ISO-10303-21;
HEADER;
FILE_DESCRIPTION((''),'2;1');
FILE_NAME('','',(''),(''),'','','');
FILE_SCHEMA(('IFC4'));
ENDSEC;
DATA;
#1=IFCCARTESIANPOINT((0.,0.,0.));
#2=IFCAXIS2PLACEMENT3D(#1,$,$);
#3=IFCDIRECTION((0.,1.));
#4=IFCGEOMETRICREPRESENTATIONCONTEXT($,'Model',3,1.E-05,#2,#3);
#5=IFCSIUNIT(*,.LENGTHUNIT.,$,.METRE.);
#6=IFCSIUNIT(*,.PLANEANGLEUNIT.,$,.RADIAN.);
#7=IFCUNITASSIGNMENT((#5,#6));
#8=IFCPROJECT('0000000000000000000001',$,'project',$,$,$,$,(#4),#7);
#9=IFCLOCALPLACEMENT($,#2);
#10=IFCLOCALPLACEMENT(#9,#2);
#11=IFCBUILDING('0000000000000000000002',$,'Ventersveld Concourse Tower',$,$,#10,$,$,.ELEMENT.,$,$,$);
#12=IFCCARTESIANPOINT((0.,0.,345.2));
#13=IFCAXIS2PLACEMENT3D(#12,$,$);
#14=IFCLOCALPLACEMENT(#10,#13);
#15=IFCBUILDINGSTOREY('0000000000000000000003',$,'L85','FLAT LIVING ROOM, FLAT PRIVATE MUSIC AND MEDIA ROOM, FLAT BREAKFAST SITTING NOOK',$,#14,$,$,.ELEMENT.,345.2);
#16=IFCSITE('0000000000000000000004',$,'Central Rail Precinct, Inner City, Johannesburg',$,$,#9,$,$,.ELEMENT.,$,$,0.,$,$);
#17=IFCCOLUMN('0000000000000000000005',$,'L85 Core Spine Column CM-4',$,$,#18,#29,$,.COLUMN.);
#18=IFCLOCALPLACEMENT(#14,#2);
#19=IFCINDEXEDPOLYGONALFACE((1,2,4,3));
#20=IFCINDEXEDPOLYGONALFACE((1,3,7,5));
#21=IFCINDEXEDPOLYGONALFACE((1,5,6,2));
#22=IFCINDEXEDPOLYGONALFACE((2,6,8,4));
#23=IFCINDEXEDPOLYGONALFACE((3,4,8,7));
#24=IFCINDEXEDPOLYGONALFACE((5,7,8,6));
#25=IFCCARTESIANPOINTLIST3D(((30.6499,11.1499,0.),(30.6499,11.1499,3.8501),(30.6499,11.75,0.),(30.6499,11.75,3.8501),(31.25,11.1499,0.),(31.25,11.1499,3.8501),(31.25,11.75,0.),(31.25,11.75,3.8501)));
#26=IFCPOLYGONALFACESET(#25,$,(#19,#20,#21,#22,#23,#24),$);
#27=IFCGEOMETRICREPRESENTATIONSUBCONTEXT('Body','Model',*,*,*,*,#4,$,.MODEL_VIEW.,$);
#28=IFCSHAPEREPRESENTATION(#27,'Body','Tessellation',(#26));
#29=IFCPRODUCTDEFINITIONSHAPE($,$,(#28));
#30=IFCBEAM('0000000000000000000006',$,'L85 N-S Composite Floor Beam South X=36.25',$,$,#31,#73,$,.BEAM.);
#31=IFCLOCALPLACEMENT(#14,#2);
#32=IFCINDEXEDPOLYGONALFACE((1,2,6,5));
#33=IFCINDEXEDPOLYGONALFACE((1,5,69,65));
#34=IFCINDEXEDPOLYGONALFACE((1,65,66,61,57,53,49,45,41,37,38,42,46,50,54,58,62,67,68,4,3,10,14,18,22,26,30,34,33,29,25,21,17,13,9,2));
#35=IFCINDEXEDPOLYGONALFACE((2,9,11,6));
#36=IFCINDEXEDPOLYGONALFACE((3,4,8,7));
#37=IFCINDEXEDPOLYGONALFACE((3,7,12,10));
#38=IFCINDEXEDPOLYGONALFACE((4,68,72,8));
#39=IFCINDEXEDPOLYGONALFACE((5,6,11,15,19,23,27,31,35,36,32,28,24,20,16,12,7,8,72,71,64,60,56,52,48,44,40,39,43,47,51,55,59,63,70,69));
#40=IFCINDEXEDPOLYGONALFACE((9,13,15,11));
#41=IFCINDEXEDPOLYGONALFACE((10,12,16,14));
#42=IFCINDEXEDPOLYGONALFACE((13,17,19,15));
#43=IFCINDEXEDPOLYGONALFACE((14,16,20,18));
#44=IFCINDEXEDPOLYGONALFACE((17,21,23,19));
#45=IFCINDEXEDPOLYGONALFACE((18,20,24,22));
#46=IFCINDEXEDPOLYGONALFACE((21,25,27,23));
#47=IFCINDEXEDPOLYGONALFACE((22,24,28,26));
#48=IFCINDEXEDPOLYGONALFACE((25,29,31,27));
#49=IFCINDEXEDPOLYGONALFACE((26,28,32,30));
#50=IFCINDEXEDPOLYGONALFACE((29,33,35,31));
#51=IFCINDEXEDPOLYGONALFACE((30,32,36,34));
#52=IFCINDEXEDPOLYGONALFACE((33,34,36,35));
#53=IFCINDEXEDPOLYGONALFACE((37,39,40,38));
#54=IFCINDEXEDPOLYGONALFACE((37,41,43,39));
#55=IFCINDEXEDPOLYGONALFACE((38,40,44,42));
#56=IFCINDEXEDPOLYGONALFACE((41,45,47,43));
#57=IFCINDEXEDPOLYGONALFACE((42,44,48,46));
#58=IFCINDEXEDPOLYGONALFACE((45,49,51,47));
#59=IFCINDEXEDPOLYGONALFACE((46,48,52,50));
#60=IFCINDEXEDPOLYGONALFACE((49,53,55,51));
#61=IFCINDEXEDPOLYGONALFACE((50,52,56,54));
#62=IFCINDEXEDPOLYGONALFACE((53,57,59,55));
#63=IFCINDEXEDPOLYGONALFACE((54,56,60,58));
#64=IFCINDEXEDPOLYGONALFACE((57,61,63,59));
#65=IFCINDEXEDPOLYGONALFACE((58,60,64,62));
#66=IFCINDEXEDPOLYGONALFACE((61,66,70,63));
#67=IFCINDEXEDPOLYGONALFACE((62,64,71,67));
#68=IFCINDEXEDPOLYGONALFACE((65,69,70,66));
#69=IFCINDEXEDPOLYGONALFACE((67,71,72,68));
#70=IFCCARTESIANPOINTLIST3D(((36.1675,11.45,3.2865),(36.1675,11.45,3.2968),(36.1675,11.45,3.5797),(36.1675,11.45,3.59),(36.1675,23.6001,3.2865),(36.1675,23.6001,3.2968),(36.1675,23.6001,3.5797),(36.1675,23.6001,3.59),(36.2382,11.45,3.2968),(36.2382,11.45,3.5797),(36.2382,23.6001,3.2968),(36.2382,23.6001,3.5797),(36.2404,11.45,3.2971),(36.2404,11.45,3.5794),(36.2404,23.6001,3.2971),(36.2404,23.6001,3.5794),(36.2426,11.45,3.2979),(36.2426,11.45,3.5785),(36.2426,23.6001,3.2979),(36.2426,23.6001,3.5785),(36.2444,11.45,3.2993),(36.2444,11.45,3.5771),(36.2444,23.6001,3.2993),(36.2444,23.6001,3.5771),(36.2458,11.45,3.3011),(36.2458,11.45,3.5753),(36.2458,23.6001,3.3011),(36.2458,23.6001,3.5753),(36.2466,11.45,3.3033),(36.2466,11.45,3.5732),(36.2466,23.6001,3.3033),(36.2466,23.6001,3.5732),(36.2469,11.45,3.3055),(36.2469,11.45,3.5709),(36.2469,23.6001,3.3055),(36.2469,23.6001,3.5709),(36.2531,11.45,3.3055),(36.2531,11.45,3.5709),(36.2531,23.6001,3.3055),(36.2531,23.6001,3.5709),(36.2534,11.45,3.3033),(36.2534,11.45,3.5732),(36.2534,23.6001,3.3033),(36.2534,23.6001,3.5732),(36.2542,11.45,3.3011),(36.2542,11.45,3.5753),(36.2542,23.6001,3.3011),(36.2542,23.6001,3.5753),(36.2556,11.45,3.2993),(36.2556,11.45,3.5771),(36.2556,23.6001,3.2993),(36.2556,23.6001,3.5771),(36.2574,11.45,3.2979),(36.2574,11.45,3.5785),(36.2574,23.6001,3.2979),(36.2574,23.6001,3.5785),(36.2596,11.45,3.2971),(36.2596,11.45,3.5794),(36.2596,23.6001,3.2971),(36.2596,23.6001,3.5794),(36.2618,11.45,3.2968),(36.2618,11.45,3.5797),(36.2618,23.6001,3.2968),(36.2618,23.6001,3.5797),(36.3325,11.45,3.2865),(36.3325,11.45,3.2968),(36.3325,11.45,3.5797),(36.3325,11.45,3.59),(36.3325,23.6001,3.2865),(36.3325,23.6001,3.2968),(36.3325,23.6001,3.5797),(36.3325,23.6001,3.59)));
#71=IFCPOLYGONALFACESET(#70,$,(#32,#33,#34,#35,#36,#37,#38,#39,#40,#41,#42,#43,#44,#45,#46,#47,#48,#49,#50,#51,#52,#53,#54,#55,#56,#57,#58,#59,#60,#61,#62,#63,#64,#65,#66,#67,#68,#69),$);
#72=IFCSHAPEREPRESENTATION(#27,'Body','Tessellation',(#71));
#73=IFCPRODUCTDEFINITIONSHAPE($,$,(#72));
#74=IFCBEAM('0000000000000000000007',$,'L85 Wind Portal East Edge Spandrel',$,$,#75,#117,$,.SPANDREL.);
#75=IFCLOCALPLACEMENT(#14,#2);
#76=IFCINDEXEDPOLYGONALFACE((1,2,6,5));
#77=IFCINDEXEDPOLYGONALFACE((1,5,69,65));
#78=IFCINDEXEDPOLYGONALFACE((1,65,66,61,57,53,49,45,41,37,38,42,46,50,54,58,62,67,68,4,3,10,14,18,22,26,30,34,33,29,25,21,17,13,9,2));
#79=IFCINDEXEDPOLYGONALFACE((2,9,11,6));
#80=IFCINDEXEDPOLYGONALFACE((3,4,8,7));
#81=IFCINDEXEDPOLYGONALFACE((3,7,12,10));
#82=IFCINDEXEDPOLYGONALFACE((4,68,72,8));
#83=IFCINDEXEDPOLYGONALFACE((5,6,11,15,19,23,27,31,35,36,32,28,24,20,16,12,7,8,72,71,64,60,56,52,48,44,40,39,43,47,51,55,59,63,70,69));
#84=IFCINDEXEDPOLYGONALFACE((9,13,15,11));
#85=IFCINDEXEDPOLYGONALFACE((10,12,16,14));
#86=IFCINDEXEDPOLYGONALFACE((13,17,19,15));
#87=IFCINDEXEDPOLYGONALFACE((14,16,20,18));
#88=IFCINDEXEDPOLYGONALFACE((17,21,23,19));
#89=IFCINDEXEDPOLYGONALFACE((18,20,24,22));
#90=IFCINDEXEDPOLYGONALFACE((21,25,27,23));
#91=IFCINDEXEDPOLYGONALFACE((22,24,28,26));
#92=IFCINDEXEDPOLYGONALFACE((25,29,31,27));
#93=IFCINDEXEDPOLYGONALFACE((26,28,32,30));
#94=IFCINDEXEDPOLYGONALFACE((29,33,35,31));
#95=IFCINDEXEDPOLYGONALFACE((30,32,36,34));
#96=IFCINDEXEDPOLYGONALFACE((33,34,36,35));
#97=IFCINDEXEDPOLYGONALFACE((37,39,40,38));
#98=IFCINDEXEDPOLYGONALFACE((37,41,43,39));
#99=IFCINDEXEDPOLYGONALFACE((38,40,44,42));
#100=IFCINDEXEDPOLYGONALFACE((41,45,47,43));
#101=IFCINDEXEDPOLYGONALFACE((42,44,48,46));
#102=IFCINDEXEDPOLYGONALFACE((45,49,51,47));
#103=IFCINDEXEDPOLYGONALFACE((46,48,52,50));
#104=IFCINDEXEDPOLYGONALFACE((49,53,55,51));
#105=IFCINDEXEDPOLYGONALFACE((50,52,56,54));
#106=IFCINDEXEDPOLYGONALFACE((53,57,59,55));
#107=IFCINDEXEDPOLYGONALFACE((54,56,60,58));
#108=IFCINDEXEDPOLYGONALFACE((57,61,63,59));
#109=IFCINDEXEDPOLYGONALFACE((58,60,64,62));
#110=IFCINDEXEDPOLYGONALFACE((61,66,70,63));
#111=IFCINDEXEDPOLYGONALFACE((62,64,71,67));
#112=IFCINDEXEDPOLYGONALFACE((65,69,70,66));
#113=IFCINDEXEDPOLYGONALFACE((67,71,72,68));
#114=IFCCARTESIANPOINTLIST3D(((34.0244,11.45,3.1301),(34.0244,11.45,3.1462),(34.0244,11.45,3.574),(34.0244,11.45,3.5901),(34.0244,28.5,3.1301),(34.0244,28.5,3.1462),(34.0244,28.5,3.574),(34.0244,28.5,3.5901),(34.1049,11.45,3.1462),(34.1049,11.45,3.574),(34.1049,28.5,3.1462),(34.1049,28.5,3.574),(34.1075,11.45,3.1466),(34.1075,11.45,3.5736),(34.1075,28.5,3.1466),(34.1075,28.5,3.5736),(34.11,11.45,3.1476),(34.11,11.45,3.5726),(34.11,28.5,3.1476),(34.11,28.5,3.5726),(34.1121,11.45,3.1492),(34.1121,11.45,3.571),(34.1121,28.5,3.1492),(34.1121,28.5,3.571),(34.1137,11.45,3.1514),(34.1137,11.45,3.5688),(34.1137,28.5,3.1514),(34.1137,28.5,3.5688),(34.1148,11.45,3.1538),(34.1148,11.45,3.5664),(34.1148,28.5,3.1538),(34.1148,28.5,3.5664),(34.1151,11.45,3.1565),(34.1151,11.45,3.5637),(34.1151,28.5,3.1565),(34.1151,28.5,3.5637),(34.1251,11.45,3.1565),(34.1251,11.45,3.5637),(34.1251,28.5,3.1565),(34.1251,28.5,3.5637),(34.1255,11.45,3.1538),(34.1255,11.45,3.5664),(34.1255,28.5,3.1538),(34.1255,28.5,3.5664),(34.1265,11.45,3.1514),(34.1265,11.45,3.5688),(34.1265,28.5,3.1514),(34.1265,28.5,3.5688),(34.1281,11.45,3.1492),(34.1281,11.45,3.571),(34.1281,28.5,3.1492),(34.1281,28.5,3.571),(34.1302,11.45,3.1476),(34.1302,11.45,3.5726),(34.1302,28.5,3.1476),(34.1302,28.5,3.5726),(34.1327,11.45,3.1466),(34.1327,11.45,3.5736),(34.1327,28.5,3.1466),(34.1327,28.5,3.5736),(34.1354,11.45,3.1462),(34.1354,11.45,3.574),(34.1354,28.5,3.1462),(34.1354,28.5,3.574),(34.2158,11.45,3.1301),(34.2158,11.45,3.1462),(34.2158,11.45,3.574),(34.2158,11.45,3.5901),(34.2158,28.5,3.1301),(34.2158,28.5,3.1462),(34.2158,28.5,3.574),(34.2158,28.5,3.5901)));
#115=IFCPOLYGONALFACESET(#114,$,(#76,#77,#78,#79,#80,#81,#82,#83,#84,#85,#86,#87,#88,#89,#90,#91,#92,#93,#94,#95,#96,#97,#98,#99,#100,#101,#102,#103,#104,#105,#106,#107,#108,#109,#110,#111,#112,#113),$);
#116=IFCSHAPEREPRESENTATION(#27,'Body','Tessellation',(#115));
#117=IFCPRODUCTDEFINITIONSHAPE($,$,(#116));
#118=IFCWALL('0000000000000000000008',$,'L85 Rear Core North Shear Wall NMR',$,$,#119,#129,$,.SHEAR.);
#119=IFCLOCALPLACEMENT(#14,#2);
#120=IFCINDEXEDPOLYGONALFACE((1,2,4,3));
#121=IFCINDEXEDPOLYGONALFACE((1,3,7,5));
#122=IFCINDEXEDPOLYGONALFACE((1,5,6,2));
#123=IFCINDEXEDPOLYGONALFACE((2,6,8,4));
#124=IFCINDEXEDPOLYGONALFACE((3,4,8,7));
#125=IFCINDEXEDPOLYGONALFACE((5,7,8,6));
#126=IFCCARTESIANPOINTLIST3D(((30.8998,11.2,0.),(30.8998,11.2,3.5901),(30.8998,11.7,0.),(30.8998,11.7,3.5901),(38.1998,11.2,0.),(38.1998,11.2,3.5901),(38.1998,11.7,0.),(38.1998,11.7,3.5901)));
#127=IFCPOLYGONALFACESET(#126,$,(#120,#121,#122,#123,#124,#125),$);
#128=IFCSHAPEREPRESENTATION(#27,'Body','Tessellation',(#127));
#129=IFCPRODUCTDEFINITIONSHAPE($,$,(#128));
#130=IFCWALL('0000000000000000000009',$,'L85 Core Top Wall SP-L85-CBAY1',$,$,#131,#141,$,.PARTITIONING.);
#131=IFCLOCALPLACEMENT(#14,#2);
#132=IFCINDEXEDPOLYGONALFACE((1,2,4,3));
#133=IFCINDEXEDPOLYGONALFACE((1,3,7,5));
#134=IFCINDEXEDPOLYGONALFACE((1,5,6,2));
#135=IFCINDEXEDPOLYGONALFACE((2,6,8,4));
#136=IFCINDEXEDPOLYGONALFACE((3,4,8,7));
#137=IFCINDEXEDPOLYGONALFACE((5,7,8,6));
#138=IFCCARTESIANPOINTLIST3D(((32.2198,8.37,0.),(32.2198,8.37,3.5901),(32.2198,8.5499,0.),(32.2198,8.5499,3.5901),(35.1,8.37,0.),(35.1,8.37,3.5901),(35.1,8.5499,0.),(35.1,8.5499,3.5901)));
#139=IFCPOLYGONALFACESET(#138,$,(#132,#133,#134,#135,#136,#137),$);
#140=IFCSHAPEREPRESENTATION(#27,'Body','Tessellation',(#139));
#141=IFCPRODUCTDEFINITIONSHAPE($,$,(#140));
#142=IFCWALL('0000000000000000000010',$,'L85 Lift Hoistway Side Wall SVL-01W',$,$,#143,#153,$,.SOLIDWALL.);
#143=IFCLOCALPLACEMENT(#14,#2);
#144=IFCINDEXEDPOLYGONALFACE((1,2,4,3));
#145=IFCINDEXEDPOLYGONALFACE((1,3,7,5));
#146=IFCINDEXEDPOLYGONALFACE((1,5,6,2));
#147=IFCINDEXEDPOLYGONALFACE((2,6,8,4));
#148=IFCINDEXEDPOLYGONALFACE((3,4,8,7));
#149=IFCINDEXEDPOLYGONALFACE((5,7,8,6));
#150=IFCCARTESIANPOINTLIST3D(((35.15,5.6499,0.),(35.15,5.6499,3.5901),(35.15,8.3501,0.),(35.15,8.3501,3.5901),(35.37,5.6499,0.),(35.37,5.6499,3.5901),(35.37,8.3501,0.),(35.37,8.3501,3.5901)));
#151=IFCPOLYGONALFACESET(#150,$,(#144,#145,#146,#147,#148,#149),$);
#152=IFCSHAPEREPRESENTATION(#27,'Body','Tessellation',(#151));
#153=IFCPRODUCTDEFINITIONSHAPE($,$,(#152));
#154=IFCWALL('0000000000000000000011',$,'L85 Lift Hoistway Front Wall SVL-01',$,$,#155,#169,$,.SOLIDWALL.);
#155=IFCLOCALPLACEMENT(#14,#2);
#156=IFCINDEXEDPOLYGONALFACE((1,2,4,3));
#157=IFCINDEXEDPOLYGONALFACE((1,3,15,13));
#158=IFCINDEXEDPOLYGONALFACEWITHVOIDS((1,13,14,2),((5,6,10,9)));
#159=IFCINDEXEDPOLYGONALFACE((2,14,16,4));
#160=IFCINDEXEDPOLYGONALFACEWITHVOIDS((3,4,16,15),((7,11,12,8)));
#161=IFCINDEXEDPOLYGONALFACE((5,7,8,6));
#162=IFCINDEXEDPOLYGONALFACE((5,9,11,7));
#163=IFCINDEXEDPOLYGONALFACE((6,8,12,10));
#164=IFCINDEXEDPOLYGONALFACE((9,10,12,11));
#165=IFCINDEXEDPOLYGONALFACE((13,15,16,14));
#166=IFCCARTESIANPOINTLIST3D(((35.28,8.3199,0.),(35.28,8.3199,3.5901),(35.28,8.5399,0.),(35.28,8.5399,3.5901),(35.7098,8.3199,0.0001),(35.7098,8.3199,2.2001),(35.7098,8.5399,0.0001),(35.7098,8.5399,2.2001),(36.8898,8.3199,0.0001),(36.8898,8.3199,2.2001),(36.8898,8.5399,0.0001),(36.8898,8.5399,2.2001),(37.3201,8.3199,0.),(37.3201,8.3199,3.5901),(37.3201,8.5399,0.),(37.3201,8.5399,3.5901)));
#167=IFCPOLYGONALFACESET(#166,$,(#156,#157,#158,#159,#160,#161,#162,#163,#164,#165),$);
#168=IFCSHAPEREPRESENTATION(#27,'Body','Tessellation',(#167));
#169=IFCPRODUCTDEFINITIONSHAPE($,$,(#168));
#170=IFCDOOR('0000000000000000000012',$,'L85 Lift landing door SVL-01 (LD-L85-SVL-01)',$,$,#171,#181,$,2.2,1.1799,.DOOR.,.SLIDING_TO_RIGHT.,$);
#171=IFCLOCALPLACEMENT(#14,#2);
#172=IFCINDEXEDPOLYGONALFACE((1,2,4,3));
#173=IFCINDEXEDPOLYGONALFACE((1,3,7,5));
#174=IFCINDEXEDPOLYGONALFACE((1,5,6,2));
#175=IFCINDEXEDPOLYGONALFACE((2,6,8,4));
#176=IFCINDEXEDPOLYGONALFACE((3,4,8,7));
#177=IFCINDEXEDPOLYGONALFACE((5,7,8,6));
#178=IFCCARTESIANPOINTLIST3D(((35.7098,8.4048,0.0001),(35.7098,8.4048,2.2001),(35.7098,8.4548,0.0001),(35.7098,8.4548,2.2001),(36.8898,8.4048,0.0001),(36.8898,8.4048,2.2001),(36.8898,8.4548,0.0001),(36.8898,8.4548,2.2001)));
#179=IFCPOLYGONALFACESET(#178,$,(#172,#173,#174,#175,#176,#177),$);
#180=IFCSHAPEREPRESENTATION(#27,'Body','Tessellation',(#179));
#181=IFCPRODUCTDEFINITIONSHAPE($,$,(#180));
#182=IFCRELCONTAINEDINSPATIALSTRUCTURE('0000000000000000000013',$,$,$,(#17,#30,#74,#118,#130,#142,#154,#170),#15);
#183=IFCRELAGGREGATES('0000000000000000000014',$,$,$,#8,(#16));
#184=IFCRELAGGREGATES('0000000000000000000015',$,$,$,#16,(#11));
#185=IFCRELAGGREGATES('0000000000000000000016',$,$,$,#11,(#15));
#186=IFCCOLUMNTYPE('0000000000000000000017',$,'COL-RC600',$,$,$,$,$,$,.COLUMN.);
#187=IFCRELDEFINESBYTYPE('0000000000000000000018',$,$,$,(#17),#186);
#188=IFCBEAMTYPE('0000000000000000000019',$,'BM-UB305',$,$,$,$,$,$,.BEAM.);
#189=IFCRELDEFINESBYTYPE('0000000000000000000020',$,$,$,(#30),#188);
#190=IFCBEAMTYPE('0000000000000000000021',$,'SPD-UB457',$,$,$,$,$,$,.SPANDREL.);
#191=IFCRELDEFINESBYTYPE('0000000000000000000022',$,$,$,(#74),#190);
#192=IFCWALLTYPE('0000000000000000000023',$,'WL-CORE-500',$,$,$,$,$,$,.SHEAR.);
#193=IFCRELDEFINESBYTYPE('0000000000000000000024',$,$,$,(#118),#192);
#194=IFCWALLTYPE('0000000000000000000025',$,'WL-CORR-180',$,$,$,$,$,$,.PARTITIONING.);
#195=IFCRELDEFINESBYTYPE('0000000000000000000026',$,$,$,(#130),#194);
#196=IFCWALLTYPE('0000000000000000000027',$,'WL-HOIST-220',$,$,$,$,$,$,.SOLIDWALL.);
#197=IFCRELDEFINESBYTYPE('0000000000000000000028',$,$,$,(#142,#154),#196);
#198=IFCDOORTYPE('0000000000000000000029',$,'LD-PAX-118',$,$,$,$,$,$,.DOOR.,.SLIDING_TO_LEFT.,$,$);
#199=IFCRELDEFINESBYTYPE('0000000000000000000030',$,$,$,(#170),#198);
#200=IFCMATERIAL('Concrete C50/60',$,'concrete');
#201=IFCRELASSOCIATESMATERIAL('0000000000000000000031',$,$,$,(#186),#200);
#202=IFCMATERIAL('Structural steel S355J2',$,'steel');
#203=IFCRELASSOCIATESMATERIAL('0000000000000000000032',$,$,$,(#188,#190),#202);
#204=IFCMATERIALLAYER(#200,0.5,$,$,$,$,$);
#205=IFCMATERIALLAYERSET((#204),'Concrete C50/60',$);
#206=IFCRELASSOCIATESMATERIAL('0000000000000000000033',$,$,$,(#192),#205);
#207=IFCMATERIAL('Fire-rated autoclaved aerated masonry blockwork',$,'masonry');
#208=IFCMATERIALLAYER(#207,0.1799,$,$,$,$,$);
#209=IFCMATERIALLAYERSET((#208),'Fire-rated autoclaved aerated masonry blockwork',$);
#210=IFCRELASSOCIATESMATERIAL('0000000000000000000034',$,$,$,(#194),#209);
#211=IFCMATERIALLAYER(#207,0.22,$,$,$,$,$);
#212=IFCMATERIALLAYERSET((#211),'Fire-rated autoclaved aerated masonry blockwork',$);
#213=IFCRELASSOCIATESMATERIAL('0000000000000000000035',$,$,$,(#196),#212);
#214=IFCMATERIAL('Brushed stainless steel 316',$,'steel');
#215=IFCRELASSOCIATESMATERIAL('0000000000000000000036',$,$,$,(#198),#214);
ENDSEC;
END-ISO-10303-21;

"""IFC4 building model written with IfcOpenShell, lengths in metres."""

from ifc_helpers import new_model, si_unit, direction, frame, frame_2d, origin, origin_2d, place, context, subcontext, project, spatial, rectangle, i_section, extrude, material, layer, layer_set, material_profile, profile_set, type_object, element, fill, save


model = new_model("IFC4")

# Units and contexts
model_context = context("Model", 3, precision=1e-05, world=origin(), true_north=direction((0.0, 1.0)))
body_context = subcontext(model_context, "Body", "Model", "MODEL_VIEW")
ifc_project = project(units=[si_unit("LENGTHUNIT", "METRE"), si_unit("PLANEANGLEUNIT", "RADIAN")], contexts=[model_context])

# Site, building, storey
site_placement = place(None, origin())
site = spatial("IfcSite", under=ifc_project, at=site_placement, Name="Central Rail Precinct, Inner City, Johannesburg", CompositionType="ELEMENT", RefElevation=0.0)
building_placement = place(site_placement, origin())
building = spatial("IfcBuilding", under=site, at=building_placement, Name="Ventersveld Concourse Tower", CompositionType="ELEMENT")
storey_placement = place(building_placement, frame((0.0, 0.0, 345.2)))
storey = spatial("IfcBuildingStorey", under=building, at=storey_placement, Name="L85", Description="FLAT LIVING ROOM, FLAT PRIVATE MUSIC AND MEDIA ROOM, FLAT BREAKFAST SITTING NOOK", CompositionType="ELEMENT", Elevation=345.2)

# Column
ifc_material_1 = material(Name="Concrete C50/60", Category="concrete")
ifc_material_profile_1 = material_profile(ifc_material_1, rectangle(XDim=0.6001, YDim=0.6001, at=origin_2d()), Name="RC 600x600")
ifc_profile_set_1 = profile_set([ifc_material_profile_1], Name="Concrete C50/60")
column_type = type_object("IfcColumnType", Name="COL-RC600", PredefinedType="COLUMN", material=ifc_profile_set_1)
column_placement = place(storey_placement, frame((30.95, 11.45, 0.0), z_axis=(0.0, 0.0, 1.0), x_axis=(1.0, 0.0, 0.0)))
element("IfcColumn", 1, at=column_placement, inside=storey, type_object=column_type, Name="L85 Core Spine Column CM-4", PredefinedType="COLUMN", context=body_context, shape_type="SweptSolid", body=[
    extrude(rectangle(XDim=0.6001, YDim=0.6001, at=origin_2d()), origin(), (0.0, 0.0, 1.0), 3.8501),
])

# Beams
ifc_material_2 = material(Name="Structural steel S355J2", Category="steel")
ifc_material_profile_2 = material_profile(ifc_material_2, i_section(OverallWidth=0.165, OverallDepth=0.3035, WebThickness=0.0061, FlangeThickness=0.0103, FilletRadius=0.0088, at=origin_2d()), Name="UB 305x165x40")
ifc_profile_set_2 = profile_set([ifc_material_profile_2], Name="Structural steel S355J2")
beam_type_1 = type_object("IfcBeamType", Name="BM-UB305", PredefinedType="BEAM", material=ifc_profile_set_2)
beam_1_placement = place(storey_placement, frame((36.25, 11.45, 3.4382), z_axis=(0.0, 1.0, 0.0), x_axis=(-1.0, 0.0, 0.0)))
element("IfcBeam", 2, at=beam_1_placement, inside=storey, type_object=beam_type_1, Name="L85 N-S Composite Floor Beam South X=36.25", PredefinedType="BEAM", context=body_context, shape_type="SweptSolid", body=[
    extrude(i_section(OverallWidth=0.165, OverallDepth=0.3035, WebThickness=0.0061, FlangeThickness=0.0103, FilletRadius=0.0088, at=origin_2d()), origin(), (0.0, 0.0, 1.0), 12.1501),
])
ifc_material_profile_3 = material_profile(ifc_material_2, i_section(OverallWidth=0.1914, OverallDepth=0.46, WebThickness=0.01, FlangeThickness=0.0161, FilletRadius=0.0103, at=origin_2d()), Name="UB 457x191x82")
ifc_profile_set_3 = profile_set([ifc_material_profile_3], Name="Structural steel S355J2")
beam_type_2 = type_object("IfcBeamType", Name="SPD-UB457", PredefinedType="SPANDREL", material=ifc_profile_set_3)
beam_2_placement = place(storey_placement, frame((34.1201, 11.45, 3.3601), z_axis=(0.0, 1.0, 0.0), x_axis=(-1.0, 0.0, 0.0)))
element("IfcBeam", 3, at=beam_2_placement, inside=storey, type_object=beam_type_2, Name="L85 Wind Portal East Edge Spandrel", PredefinedType="SPANDREL", context=body_context, shape_type="SweptSolid", body=[
    extrude(i_section(OverallWidth=0.1914, OverallDepth=0.46, WebThickness=0.01, FlangeThickness=0.0161, FilletRadius=0.0103, at=origin_2d()), origin(), (0.0, 0.0, 1.0), 17.05),
])

# Walls
ifc_layer_1 = layer(ifc_material_1, 0.5)
ifc_layer_set_1 = layer_set([ifc_layer_1], Name="Concrete C50/60")
wall_type_1 = type_object("IfcWallType", Name="WL-CORE-500", PredefinedType="SHEAR", material=ifc_layer_set_1)
wall_1_placement = place(storey_placement, frame((30.8999, 11.45, 0.0), z_axis=(0.0, 0.0, 1.0), x_axis=(1.0, 0.0, 0.0)))
element("IfcWall", 4, at=wall_1_placement, inside=storey, type_object=wall_type_1, Name="L85 Rear Core North Shear Wall NMR", PredefinedType="SHEAR", context=body_context, shape_type="SweptSolid", body=[
    extrude(rectangle(XDim=7.3, YDim=0.5, at=frame_2d((3.6499, 0.0))), origin(), (0.0, 0.0, 1.0), 3.5901),
])
ifc_material_3 = material(Name="Fire-rated autoclaved aerated masonry blockwork", Category="masonry")
ifc_layer_2 = layer(ifc_material_3, 0.1799)
ifc_layer_set_2 = layer_set([ifc_layer_2], Name="Fire-rated autoclaved aerated masonry blockwork")
wall_type_2 = type_object("IfcWallType", Name="WL-CORR-180", PredefinedType="PARTITIONING", material=ifc_layer_set_2)
wall_2_placement = place(storey_placement, frame((32.22, 8.46, 0.0), z_axis=(0.0, 0.0, 1.0), x_axis=(1.0, 0.0, 0.0)))
element("IfcWall", 5, at=wall_2_placement, inside=storey, type_object=wall_type_2, Name="L85 Core Top Wall SP-L85-CBAY1", PredefinedType="PARTITIONING", context=body_context, shape_type="SweptSolid", body=[
    extrude(rectangle(XDim=2.8801, YDim=0.1799, at=frame_2d((1.4399, 0.0))), origin(), (0.0, 0.0, 1.0), 3.5901),
])
ifc_layer_3 = layer(ifc_material_3, 0.22)
ifc_layer_set_3 = layer_set([ifc_layer_3], Name="Fire-rated autoclaved aerated masonry blockwork")
wall_type_3 = type_object("IfcWallType", Name="WL-HOIST-220", PredefinedType="SOLIDWALL", material=ifc_layer_set_3)
wall_3_placement = place(storey_placement, frame((35.26, 5.6499, 0.0), z_axis=(0.0, 0.0, 1.0), x_axis=(0.0, 1.0, 0.0)))
element("IfcWall", 6, at=wall_3_placement, inside=storey, type_object=wall_type_3, Name="L85 Lift Hoistway Side Wall SVL-01W", PredefinedType="SOLIDWALL", context=body_context, shape_type="SweptSolid", body=[
    extrude(rectangle(XDim=2.7002, YDim=0.22, at=frame_2d((1.3501, 0.0))), origin(), (0.0, 0.0, 1.0), 3.5901),
])

# Wall, opening, door
wall_4_placement = place(storey_placement, frame((35.28, 8.4299, 0.0), z_axis=(0.0, 0.0, 1.0), x_axis=(1.0, 0.0, 0.0)))
wall_4 = element("IfcWall", 7, at=wall_4_placement, inside=storey, type_object=wall_type_3, Name="L85 Lift Hoistway Front Wall SVL-01", PredefinedType="SOLIDWALL", context=body_context, shape_type="SweptSolid", body=[
    extrude(rectangle(XDim=2.04, YDim=0.22, at=frame_2d((1.02, 0.0))), origin(), (0.0, 0.0, 1.0), 3.5901),
])
opening_1_placement = place(wall_4_placement, frame((0.4299, 0.0, 0.0)))
opening_1 = element("IfcOpeningElement", 8, at=opening_1_placement, cuts=wall_4, PredefinedType="OPENING", context=body_context, shape_type="SweptSolid", body=[
    extrude(rectangle(XDim=1.1799, YDim=2.2, at=frame_2d((0.5898, 1.1001))), frame((0.0, 0.1201, 0.0), z_axis=(0.0, -1.0, 0.0), x_axis=(1.0, 0.0, 0.0)), (0.0, 0.0, 1.0), 0.24),
])
ifc_material_4 = material(Name="Brushed stainless steel 316", Category="steel")
door_type_1 = type_object("IfcDoorType", Name="LD-PAX-118", OperationType="SLIDING_TO_LEFT", PredefinedType="DOOR", material=ifc_material_4)
door_1_placement = place(opening_1_placement, origin())
door_1 = element("IfcDoor", 9, at=door_1_placement, inside=storey, type_object=door_type_1, Name="L85 Lift landing door SVL-01 (LD-L85-SVL-01)", OperationType="SLIDING_TO_RIGHT", OverallHeight=2.2, OverallWidth=1.1799, PredefinedType="DOOR", context=body_context, shape_type="SweptSolid", body=[
    extrude(rectangle(XDim=1.1799, YDim=2.2, at=frame_2d((0.5898, 1.1001))), frame((0.0, 0.0249, 0.0), z_axis=(0.0, -1.0, 0.0), x_axis=(1.0, 0.0, 0.0)), (0.0, 0.0, 1.0), 0.05),
])
fill(opening_1, door_1)

save(model, "model.ifc")
